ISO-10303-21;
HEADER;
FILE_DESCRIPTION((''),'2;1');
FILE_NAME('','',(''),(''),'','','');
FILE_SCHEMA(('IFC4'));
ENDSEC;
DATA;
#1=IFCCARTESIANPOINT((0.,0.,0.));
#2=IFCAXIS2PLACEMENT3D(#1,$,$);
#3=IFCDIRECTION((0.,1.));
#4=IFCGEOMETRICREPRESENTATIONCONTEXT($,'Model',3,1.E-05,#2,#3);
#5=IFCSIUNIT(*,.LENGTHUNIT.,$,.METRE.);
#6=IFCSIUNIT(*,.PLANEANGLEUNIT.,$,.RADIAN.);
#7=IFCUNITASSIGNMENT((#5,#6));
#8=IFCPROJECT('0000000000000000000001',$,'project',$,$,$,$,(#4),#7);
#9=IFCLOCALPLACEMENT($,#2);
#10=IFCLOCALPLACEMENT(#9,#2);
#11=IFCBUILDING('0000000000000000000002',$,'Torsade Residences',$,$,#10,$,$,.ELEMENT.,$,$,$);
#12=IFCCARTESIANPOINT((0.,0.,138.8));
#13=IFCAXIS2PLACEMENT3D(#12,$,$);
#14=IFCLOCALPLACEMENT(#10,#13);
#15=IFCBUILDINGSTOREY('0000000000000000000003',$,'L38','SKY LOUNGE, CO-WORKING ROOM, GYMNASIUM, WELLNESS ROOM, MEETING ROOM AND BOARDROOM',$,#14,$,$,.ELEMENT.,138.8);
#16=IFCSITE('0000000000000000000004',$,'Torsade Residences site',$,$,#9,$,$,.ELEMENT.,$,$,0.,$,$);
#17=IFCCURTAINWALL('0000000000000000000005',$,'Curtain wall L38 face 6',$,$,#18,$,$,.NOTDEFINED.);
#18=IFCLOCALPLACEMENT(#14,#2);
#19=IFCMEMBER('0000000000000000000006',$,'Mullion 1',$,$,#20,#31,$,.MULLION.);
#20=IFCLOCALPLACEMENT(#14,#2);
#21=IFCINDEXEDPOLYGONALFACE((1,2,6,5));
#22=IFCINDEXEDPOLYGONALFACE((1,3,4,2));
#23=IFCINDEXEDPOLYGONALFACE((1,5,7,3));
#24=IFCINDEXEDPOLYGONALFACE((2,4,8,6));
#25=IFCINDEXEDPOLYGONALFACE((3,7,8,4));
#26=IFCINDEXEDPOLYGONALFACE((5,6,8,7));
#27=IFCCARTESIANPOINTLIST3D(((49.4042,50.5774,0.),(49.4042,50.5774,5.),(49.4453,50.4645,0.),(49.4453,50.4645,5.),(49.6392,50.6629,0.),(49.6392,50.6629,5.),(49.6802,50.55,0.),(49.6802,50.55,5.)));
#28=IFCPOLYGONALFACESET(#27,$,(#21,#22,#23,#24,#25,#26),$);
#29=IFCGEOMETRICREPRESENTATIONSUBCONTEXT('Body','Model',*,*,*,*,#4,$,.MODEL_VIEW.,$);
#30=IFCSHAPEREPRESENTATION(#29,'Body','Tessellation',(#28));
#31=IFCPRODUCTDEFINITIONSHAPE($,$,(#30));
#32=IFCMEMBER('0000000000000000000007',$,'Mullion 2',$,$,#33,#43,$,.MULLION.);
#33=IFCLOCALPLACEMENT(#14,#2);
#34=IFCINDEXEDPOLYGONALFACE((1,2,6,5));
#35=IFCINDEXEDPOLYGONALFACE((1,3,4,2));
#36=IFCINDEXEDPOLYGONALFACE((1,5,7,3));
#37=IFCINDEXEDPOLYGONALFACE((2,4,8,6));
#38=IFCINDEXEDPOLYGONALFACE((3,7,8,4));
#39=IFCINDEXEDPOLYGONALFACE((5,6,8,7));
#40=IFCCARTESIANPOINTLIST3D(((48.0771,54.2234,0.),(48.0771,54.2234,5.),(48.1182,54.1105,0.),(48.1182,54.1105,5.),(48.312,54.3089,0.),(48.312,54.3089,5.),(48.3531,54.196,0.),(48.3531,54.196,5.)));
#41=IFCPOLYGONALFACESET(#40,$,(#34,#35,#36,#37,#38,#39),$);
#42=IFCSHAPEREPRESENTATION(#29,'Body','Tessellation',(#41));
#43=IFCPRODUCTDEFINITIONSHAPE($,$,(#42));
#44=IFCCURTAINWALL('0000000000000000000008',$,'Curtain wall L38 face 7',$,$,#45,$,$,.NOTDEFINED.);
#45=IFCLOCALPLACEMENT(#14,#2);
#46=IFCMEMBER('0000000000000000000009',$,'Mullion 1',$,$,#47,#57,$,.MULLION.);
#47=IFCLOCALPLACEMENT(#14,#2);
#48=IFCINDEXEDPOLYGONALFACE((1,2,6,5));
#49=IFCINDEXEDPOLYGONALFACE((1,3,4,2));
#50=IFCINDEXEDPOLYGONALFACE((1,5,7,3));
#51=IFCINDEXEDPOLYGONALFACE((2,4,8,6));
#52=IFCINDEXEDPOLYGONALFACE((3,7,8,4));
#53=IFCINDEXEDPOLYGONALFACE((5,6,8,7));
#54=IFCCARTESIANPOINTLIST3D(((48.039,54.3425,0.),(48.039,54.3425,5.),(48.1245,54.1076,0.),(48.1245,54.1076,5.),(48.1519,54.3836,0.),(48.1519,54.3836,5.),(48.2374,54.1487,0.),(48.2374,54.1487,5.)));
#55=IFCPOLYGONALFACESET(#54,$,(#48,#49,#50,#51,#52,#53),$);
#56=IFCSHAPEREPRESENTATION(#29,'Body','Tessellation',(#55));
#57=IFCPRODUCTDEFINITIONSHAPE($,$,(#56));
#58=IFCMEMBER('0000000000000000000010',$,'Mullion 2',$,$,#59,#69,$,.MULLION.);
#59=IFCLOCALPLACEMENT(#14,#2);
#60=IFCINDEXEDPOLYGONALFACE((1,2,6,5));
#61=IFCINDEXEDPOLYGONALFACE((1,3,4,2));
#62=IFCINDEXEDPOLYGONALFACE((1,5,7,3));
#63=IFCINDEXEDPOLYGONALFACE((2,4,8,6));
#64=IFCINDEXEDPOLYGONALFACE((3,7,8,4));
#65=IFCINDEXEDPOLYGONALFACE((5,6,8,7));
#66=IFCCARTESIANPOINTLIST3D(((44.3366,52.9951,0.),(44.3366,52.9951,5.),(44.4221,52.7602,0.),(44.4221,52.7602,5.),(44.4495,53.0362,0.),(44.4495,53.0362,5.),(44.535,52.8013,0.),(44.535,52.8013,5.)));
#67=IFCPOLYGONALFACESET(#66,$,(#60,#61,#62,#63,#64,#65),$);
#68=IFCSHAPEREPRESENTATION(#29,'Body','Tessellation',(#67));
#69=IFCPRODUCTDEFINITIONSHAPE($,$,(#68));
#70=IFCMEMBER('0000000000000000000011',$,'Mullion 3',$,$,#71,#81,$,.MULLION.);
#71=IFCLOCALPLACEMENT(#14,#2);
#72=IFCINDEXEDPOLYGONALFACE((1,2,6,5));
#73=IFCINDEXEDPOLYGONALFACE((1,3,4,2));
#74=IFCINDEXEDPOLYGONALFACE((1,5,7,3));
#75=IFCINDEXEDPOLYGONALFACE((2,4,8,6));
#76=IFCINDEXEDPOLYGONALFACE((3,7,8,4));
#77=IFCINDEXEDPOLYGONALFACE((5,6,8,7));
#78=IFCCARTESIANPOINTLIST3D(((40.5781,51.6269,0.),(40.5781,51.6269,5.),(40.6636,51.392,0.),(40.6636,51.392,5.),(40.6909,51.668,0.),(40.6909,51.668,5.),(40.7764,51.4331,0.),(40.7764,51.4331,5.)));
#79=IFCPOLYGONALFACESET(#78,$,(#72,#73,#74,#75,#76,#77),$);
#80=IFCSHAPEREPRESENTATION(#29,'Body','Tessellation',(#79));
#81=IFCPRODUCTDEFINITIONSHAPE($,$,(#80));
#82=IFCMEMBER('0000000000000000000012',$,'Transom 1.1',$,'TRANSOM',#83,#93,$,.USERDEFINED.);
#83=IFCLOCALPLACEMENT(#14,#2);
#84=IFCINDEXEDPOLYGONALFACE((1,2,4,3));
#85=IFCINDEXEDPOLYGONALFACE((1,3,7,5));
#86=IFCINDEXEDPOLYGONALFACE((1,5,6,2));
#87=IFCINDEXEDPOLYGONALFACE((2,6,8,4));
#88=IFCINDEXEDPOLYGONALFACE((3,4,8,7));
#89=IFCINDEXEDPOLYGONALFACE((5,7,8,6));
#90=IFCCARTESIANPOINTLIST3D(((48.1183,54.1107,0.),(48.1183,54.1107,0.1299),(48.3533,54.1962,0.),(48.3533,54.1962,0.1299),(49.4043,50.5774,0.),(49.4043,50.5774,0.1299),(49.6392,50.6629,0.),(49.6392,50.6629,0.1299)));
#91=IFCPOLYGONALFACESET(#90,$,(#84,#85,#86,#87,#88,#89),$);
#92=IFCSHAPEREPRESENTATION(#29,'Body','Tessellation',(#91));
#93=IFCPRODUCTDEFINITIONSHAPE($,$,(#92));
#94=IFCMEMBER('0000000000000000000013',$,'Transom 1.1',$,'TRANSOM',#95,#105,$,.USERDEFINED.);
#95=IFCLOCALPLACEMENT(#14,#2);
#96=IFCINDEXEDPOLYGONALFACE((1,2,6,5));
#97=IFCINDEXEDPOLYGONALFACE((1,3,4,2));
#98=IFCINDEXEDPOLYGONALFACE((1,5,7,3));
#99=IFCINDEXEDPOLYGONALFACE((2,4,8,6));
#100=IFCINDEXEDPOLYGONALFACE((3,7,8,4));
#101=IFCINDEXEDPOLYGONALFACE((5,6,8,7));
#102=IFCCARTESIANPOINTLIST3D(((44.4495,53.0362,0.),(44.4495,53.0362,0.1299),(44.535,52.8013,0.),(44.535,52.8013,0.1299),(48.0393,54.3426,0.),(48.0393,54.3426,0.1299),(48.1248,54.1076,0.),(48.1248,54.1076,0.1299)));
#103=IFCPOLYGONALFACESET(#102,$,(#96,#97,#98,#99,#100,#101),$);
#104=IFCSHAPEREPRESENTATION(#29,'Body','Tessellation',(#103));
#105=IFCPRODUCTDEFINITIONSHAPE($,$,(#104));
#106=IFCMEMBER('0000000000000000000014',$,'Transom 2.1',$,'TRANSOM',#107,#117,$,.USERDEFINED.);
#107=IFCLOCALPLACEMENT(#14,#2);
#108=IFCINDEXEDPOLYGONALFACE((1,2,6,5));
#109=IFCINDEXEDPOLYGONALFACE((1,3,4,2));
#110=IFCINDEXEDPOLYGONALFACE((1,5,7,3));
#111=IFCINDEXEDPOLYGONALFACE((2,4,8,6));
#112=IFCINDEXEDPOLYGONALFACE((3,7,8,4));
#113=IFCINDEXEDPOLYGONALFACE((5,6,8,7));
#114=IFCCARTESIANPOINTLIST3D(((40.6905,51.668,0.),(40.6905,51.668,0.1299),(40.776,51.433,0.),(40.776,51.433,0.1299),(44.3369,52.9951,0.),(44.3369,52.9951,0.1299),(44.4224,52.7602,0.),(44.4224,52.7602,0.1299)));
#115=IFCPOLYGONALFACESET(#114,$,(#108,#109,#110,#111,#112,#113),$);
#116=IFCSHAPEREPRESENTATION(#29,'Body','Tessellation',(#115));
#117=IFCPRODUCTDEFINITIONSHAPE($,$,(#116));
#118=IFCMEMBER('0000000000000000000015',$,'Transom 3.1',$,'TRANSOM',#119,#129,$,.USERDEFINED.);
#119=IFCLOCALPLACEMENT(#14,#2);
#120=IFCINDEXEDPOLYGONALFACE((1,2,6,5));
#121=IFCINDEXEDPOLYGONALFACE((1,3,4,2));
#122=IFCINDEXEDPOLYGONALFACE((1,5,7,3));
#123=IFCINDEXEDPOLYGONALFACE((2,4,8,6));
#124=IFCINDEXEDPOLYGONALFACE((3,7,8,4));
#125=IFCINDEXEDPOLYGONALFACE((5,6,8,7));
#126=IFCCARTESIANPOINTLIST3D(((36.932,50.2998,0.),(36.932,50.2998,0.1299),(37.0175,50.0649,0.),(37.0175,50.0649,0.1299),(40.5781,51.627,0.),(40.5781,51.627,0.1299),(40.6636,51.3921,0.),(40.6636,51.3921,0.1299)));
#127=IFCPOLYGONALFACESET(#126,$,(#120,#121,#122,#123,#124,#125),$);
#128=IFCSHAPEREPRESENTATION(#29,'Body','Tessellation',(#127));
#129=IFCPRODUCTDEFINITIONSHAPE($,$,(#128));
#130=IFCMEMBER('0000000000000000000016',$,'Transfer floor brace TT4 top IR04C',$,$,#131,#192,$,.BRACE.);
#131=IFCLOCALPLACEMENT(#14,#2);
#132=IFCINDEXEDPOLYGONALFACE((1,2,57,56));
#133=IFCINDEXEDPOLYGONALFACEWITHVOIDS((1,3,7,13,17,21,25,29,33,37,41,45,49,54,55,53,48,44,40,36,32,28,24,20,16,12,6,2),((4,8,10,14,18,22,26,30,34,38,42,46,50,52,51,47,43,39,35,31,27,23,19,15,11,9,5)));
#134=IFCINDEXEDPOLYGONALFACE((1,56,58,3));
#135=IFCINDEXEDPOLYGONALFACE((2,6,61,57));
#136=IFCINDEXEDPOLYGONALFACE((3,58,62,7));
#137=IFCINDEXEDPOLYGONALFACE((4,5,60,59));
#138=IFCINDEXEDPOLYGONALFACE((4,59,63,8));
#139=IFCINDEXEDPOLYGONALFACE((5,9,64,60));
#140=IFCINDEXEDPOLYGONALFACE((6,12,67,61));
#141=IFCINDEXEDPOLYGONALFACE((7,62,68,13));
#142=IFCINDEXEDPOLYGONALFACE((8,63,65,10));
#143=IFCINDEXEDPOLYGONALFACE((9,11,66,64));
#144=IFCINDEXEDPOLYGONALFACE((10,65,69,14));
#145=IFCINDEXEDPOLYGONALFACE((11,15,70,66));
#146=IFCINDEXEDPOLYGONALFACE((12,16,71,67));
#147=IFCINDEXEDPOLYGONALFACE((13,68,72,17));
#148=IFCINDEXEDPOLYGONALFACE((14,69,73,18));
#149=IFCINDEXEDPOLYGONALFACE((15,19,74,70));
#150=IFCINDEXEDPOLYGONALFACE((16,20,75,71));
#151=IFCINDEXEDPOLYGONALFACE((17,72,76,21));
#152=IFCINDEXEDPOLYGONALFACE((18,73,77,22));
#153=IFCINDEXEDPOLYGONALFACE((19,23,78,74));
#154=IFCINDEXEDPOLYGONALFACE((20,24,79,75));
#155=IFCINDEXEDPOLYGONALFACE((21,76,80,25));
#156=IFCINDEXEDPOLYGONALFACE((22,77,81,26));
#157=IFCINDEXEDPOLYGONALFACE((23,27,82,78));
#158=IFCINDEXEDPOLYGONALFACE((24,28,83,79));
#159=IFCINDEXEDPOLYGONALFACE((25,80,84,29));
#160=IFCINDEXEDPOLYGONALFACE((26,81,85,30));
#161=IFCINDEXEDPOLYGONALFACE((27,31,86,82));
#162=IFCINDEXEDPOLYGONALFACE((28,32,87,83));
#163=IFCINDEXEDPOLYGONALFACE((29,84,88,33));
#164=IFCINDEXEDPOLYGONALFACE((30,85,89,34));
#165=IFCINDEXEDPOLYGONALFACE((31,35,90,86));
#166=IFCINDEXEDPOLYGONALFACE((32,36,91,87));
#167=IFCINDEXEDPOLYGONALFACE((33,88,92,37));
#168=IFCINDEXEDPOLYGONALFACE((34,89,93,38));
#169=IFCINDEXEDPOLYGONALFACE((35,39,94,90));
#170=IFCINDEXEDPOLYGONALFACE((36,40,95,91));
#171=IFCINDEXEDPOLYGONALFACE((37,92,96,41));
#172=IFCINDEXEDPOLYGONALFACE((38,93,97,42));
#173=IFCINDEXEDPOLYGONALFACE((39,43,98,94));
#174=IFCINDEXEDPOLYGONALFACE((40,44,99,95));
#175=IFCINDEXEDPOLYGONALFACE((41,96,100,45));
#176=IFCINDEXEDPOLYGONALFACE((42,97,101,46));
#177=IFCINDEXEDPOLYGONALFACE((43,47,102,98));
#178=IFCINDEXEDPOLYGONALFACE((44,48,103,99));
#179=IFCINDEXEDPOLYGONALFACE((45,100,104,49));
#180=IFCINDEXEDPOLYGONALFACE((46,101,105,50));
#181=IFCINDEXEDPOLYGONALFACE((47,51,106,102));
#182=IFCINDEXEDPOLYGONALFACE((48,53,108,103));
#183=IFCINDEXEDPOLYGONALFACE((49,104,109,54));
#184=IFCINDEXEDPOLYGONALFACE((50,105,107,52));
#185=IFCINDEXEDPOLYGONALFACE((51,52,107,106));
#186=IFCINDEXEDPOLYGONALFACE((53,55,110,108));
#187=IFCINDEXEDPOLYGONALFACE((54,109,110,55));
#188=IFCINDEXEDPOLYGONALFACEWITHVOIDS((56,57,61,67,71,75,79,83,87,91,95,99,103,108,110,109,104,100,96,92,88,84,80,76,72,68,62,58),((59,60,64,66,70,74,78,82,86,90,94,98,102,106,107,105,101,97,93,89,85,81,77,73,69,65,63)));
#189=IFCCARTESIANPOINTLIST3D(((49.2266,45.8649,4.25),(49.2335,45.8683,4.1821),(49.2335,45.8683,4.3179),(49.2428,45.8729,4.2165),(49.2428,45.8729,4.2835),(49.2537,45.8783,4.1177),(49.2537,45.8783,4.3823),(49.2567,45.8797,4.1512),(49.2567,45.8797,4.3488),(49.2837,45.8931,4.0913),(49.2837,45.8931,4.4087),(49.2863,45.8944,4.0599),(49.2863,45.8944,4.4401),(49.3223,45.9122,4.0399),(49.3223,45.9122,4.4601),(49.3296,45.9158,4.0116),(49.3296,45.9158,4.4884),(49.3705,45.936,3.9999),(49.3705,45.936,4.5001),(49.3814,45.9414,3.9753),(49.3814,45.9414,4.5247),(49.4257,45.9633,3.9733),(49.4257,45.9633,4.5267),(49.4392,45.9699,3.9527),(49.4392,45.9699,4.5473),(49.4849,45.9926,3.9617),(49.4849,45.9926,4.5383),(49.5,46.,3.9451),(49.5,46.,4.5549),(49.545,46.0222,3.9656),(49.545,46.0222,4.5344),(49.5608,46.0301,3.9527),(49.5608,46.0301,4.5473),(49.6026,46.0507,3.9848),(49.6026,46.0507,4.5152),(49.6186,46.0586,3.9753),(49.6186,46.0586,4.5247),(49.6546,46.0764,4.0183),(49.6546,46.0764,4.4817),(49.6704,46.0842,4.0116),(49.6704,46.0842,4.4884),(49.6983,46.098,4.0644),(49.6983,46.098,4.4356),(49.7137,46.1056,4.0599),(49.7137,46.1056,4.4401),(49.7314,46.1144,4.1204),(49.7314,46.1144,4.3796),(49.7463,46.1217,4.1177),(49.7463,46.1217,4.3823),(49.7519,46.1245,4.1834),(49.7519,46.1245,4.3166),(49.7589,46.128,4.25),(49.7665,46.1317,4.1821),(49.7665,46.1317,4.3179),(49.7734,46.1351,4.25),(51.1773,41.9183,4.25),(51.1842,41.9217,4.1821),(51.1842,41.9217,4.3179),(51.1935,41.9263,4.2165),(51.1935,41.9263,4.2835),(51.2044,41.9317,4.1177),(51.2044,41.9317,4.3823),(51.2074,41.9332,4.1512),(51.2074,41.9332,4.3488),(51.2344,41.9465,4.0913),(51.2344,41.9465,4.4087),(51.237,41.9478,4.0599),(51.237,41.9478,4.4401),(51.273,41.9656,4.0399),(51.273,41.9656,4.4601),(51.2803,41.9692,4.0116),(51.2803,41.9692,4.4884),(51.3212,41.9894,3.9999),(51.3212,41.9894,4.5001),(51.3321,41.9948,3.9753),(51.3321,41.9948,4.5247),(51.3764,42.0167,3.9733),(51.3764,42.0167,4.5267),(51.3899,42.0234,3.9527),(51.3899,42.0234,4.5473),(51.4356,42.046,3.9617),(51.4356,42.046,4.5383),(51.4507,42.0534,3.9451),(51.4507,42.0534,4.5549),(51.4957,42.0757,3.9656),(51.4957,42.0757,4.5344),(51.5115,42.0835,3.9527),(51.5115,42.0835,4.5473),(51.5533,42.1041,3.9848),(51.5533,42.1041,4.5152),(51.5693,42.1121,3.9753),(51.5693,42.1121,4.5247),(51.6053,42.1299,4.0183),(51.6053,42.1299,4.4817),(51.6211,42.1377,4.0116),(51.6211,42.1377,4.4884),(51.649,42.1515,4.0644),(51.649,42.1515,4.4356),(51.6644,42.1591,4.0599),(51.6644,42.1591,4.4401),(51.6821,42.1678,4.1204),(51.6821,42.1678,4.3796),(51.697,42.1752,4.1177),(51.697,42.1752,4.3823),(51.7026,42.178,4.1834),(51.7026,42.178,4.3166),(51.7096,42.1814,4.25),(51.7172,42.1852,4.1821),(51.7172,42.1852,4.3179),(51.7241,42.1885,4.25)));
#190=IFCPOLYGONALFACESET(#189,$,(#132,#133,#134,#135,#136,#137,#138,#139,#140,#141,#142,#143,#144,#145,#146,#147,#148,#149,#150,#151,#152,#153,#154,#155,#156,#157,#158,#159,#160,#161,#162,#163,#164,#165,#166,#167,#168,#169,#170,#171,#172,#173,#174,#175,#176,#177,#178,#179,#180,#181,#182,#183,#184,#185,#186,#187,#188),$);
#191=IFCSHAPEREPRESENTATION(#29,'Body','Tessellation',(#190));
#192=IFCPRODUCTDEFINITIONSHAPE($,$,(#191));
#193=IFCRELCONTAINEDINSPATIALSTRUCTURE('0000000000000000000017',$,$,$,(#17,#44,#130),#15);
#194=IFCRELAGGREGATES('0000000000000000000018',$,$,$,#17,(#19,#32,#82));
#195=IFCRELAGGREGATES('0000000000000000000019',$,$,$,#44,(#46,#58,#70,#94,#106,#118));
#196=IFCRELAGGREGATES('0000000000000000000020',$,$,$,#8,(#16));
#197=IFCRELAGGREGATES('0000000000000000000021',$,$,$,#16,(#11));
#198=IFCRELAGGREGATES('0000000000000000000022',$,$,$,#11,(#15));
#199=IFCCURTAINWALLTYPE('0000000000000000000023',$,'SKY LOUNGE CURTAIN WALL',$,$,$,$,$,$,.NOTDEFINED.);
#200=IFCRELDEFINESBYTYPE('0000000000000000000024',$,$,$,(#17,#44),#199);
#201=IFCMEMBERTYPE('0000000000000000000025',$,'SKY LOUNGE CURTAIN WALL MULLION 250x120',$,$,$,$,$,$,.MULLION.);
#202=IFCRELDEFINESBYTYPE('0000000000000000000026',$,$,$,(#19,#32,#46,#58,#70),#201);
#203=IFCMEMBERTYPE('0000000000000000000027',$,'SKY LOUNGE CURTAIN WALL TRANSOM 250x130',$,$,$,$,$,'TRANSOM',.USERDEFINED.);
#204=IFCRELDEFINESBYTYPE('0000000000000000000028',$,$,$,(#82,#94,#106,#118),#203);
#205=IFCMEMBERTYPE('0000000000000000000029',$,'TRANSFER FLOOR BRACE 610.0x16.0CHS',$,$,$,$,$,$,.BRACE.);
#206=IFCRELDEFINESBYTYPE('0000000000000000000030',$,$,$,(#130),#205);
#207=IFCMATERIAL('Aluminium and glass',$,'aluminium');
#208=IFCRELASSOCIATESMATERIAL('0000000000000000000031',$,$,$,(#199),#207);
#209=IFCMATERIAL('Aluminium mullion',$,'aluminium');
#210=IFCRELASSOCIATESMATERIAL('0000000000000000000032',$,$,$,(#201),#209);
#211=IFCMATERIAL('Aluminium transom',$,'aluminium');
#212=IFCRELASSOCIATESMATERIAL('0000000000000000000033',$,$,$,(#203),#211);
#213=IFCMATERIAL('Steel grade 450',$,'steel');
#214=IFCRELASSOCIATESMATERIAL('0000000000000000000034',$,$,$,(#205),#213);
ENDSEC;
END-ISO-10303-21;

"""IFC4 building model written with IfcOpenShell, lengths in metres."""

from ifc_helpers import new_model, si_unit, direction, frame, origin, origin_2d, place, context, subcontext, project, spatial, rectangle, hollow_circle, extrude, material, material_profile, profile_set, type_object, element, aggregate, save


model = new_model("IFC4")

# Units and contexts
model_context = context("Model", 3, precision=1e-05, world=origin(), true_north=direction((0.0, 1.0)))
body_context = subcontext(model_context, "Body", "Model", "MODEL_VIEW")
ifc_project = project(units=[si_unit("LENGTHUNIT", "METRE"), si_unit("PLANEANGLEUNIT", "RADIAN")], contexts=[model_context])

# Site, building, storey
site_placement = place(None, origin())
site = spatial("IfcSite", under=ifc_project, at=site_placement, Name="Torsade Residences site", CompositionType="ELEMENT", RefElevation=0.0)
building_placement = place(site_placement, origin())
building = spatial("IfcBuilding", under=site, at=building_placement, Name="Torsade Residences", CompositionType="ELEMENT")
storey_placement = place(building_placement, frame((0.0, 0.0, 138.8)))
storey = spatial("IfcBuildingStorey", under=building, at=storey_placement, Name="L38", Description="SKY LOUNGE, CO-WORKING ROOM, GYMNASIUM, WELLNESS ROOM, MEETING ROOM AND BOARDROOM", CompositionType="ELEMENT", Elevation=138.8)

# Curtain walls, members
ifc_material_1 = material(Name="Aluminium and glass", Category="aluminium")
curtain_wall_type = type_object("IfcCurtainWallType", Name="SKY LOUNGE CURTAIN WALL", PredefinedType="NOTDEFINED", material=ifc_material_1)
curtain_wall_1_placement = place(storey_placement, origin())
curtain_wall_1 = element("IfcCurtainWall", 1, at=curtain_wall_1_placement, inside=storey, type_object=curtain_wall_type, Name="Curtain wall L38 face 6", PredefinedType="NOTDEFINED")
ifc_material_2 = material(Name="Aluminium mullion", Category="aluminium")
ifc_material_profile_1 = material_profile(ifc_material_2, rectangle(XDim=0.25, YDim=0.1201, at=origin_2d()), Name="SKY LOUNGE CURTAIN WALL MULLION 250x120")
ifc_profile_set_1 = profile_set([ifc_material_profile_1], Name="Aluminium mullion")
member_type_1 = type_object("IfcMemberType", Name="SKY LOUNGE CURTAIN WALL MULLION 250x120", PredefinedType="MULLION", material=ifc_profile_set_1)
member_1_placement = place(storey_placement, frame((49.5422, 50.5637, 0.0), z_axis=(0.0, 0.0, 1.0), x_axis=(-0.939693, -0.34202, 0.0)))
member_1 = element("IfcMember", 2, at=member_1_placement, type_object=member_type_1, Name="Mullion 1", PredefinedType="MULLION", context=body_context, shape_type="SweptSolid", body=[
    extrude(rectangle(XDim=0.25, YDim=0.1201, at=origin_2d()), origin(), (0.0, 0.0, 1.0), 5.0),
])
member_2_placement = place(storey_placement, frame((48.2151, 54.2097, 0.0), z_axis=(0.0, 0.0, 1.0), x_axis=(-0.939693, -0.34202, 0.0)))
member_2 = element("IfcMember", 3, at=member_2_placement, type_object=member_type_1, Name="Mullion 2", PredefinedType="MULLION", context=body_context, shape_type="SweptSolid", body=[
    extrude(rectangle(XDim=0.25, YDim=0.1201, at=origin_2d()), origin(), (0.0, 0.0, 1.0), 5.0),
])
curtain_wall_2_placement = place(storey_placement, origin())
curtain_wall_2 = element("IfcCurtainWall", 4, at=curtain_wall_2_placement, inside=storey, type_object=curtain_wall_type, Name="Curtain wall L38 face 7", PredefinedType="NOTDEFINED")
member_3_placement = place(storey_placement, frame((48.1382, 54.2456, 0.0), z_axis=(0.0, 0.0, 1.0), x_axis=(0.34202, -0.939693, 0.0)))
member_3 = element("IfcMember", 5, at=member_3_placement, type_object=member_type_1, Name="Mullion 1", PredefinedType="MULLION", context=body_context, shape_type="SweptSolid", body=[
    extrude(rectangle(XDim=0.25, YDim=0.1201, at=origin_2d()), origin(), (0.0, 0.0, 1.0), 5.0),
])
member_4_placement = place(storey_placement, frame((44.4358, 52.8982, 0.0), z_axis=(0.0, 0.0, 1.0), x_axis=(0.34202, -0.939693, 0.0)))
member_4 = element("IfcMember", 6, at=member_4_placement, type_object=member_type_1, Name="Mullion 2", PredefinedType="MULLION", context=body_context, shape_type="SweptSolid", body=[
    extrude(rectangle(XDim=0.25, YDim=0.1201, at=origin_2d()), origin(), (0.0, 0.0, 1.0), 5.0),
])
member_5_placement = place(storey_placement, frame((40.6772, 51.53, 0.0), z_axis=(0.0, 0.0, 1.0), x_axis=(0.34202, -0.939693, 0.0)))
member_5 = element("IfcMember", 7, at=member_5_placement, type_object=member_type_1, Name="Mullion 3", PredefinedType="MULLION", context=body_context, shape_type="SweptSolid", body=[
    extrude(rectangle(XDim=0.25, YDim=0.1201, at=origin_2d()), origin(), (0.0, 0.0, 1.0), 5.0),
])

# Members
ifc_material_3 = material(Name="Aluminium transom", Category="aluminium")
ifc_material_profile_2 = material_profile(ifc_material_3, rectangle(XDim=0.25, YDim=0.1299, at=origin_2d()), Name="SKY LOUNGE CURTAIN WALL TRANSOM 250x130")
ifc_profile_set_2 = profile_set([ifc_material_profile_2], Name="Aluminium transom")
member_type_2 = type_object("IfcMemberType", Name="SKY LOUNGE CURTAIN WALL TRANSOM 250x130", ElementType="TRANSOM", PredefinedType="USERDEFINED", material=ifc_profile_set_2)
member_6_placement = place(storey_placement, frame((49.5217, 50.6201, 0.0649), z_axis=(-0.341999, 0.9397, 0.0), x_axis=(-0.9397, -0.341999, 0.0)))
member_6 = element("IfcMember", 8, at=member_6_placement, type_object=member_type_2, Name="Transom 1.1", ObjectType="TRANSOM", PredefinedType="USERDEFINED", context=body_context, shape_type="SweptSolid", body=[
    extrude(rectangle(XDim=0.25, YDim=0.1299, at=origin_2d()), origin(), (0.0, 0.0, 1.0), 3.76),
])
member_7_placement = place(storey_placement, frame((48.082, 54.2251, 0.0649), z_axis=(-0.939709, -0.341974, 0.0), x_axis=(0.341974, -0.939709, 0.0)))
member_7 = element("IfcMember", 9, at=member_7_placement, type_object=member_type_2, Name="Transom 1.1", ObjectType="TRANSOM", PredefinedType="USERDEFINED", context=body_context, shape_type="SweptSolid", body=[
    extrude(rectangle(XDim=0.25, YDim=0.1299, at=origin_2d()), origin(), (0.0, 0.0, 1.0), 3.8201),
])
member_8_placement = place(storey_placement, frame((44.3796, 52.8777, 0.0649), z_axis=(-0.939691, -0.342026, 0.0), x_axis=(0.342026, -0.939691, 0.0)))
member_8 = element("IfcMember", 10, at=member_8_placement, type_object=member_type_2, Name="Transom 2.1", ObjectType="TRANSOM", PredefinedType="USERDEFINED", context=body_context, shape_type="SweptSolid", body=[
    extrude(rectangle(XDim=0.25, YDim=0.1299, at=origin_2d()), origin(), (0.0, 0.0, 1.0), 3.8804),
])
member_9_placement = place(storey_placement, frame((40.6208, 51.5095, 0.0649), z_axis=(-0.939683, -0.342046, 0.0), x_axis=(0.342046, -0.939683, 0.0)))
member_9 = element("IfcMember", 11, at=member_9_placement, type_object=member_type_2, Name="Transom 3.1", ObjectType="TRANSOM", PredefinedType="USERDEFINED", context=body_context, shape_type="SweptSolid", body=[
    extrude(rectangle(XDim=0.25, YDim=0.1299, at=origin_2d()), origin(), (0.0, 0.0, 1.0), 3.8801),
])

# Member
ifc_material_4 = material(Name="Steel grade 450", Category="steel")
ifc_material_profile_3 = material_profile(ifc_material_4, hollow_circle(Radius=0.3049, WallThickness=0.0161, at=origin_2d()), Name="610.0x16.0CHS")
ifc_profile_set_3 = profile_set([ifc_material_profile_3], Name="Steel grade 450")
member_type_3 = type_object("IfcMemberType", Name="TRANSFER FLOOR BRACE 610.0x16.0CHS", PredefinedType="BRACE", material=ifc_profile_set_3)
member_10_placement = place(storey_placement, frame((49.5, 46.0, 4.25), z_axis=(0.443105, -0.89647, 0.0), x_axis=(0.89647, 0.443105, 0.0)))
element("IfcMember", 12, at=member_10_placement, inside=storey, type_object=member_type_3, Name="Transfer floor brace TT4 top IR04C", PredefinedType="BRACE", context=body_context, shape_type="SweptSolid", body=[
    extrude(hollow_circle(Radius=0.3049, WallThickness=0.0161, at=origin_2d()), origin(), (0.0, 0.0, 1.0), 4.4023),
])

aggregate(curtain_wall_1, [member_1, member_2, member_6])
aggregate(curtain_wall_2, [member_3, member_4, member_5, member_7, member_8, member_9])

save(model, "model.ifc")
